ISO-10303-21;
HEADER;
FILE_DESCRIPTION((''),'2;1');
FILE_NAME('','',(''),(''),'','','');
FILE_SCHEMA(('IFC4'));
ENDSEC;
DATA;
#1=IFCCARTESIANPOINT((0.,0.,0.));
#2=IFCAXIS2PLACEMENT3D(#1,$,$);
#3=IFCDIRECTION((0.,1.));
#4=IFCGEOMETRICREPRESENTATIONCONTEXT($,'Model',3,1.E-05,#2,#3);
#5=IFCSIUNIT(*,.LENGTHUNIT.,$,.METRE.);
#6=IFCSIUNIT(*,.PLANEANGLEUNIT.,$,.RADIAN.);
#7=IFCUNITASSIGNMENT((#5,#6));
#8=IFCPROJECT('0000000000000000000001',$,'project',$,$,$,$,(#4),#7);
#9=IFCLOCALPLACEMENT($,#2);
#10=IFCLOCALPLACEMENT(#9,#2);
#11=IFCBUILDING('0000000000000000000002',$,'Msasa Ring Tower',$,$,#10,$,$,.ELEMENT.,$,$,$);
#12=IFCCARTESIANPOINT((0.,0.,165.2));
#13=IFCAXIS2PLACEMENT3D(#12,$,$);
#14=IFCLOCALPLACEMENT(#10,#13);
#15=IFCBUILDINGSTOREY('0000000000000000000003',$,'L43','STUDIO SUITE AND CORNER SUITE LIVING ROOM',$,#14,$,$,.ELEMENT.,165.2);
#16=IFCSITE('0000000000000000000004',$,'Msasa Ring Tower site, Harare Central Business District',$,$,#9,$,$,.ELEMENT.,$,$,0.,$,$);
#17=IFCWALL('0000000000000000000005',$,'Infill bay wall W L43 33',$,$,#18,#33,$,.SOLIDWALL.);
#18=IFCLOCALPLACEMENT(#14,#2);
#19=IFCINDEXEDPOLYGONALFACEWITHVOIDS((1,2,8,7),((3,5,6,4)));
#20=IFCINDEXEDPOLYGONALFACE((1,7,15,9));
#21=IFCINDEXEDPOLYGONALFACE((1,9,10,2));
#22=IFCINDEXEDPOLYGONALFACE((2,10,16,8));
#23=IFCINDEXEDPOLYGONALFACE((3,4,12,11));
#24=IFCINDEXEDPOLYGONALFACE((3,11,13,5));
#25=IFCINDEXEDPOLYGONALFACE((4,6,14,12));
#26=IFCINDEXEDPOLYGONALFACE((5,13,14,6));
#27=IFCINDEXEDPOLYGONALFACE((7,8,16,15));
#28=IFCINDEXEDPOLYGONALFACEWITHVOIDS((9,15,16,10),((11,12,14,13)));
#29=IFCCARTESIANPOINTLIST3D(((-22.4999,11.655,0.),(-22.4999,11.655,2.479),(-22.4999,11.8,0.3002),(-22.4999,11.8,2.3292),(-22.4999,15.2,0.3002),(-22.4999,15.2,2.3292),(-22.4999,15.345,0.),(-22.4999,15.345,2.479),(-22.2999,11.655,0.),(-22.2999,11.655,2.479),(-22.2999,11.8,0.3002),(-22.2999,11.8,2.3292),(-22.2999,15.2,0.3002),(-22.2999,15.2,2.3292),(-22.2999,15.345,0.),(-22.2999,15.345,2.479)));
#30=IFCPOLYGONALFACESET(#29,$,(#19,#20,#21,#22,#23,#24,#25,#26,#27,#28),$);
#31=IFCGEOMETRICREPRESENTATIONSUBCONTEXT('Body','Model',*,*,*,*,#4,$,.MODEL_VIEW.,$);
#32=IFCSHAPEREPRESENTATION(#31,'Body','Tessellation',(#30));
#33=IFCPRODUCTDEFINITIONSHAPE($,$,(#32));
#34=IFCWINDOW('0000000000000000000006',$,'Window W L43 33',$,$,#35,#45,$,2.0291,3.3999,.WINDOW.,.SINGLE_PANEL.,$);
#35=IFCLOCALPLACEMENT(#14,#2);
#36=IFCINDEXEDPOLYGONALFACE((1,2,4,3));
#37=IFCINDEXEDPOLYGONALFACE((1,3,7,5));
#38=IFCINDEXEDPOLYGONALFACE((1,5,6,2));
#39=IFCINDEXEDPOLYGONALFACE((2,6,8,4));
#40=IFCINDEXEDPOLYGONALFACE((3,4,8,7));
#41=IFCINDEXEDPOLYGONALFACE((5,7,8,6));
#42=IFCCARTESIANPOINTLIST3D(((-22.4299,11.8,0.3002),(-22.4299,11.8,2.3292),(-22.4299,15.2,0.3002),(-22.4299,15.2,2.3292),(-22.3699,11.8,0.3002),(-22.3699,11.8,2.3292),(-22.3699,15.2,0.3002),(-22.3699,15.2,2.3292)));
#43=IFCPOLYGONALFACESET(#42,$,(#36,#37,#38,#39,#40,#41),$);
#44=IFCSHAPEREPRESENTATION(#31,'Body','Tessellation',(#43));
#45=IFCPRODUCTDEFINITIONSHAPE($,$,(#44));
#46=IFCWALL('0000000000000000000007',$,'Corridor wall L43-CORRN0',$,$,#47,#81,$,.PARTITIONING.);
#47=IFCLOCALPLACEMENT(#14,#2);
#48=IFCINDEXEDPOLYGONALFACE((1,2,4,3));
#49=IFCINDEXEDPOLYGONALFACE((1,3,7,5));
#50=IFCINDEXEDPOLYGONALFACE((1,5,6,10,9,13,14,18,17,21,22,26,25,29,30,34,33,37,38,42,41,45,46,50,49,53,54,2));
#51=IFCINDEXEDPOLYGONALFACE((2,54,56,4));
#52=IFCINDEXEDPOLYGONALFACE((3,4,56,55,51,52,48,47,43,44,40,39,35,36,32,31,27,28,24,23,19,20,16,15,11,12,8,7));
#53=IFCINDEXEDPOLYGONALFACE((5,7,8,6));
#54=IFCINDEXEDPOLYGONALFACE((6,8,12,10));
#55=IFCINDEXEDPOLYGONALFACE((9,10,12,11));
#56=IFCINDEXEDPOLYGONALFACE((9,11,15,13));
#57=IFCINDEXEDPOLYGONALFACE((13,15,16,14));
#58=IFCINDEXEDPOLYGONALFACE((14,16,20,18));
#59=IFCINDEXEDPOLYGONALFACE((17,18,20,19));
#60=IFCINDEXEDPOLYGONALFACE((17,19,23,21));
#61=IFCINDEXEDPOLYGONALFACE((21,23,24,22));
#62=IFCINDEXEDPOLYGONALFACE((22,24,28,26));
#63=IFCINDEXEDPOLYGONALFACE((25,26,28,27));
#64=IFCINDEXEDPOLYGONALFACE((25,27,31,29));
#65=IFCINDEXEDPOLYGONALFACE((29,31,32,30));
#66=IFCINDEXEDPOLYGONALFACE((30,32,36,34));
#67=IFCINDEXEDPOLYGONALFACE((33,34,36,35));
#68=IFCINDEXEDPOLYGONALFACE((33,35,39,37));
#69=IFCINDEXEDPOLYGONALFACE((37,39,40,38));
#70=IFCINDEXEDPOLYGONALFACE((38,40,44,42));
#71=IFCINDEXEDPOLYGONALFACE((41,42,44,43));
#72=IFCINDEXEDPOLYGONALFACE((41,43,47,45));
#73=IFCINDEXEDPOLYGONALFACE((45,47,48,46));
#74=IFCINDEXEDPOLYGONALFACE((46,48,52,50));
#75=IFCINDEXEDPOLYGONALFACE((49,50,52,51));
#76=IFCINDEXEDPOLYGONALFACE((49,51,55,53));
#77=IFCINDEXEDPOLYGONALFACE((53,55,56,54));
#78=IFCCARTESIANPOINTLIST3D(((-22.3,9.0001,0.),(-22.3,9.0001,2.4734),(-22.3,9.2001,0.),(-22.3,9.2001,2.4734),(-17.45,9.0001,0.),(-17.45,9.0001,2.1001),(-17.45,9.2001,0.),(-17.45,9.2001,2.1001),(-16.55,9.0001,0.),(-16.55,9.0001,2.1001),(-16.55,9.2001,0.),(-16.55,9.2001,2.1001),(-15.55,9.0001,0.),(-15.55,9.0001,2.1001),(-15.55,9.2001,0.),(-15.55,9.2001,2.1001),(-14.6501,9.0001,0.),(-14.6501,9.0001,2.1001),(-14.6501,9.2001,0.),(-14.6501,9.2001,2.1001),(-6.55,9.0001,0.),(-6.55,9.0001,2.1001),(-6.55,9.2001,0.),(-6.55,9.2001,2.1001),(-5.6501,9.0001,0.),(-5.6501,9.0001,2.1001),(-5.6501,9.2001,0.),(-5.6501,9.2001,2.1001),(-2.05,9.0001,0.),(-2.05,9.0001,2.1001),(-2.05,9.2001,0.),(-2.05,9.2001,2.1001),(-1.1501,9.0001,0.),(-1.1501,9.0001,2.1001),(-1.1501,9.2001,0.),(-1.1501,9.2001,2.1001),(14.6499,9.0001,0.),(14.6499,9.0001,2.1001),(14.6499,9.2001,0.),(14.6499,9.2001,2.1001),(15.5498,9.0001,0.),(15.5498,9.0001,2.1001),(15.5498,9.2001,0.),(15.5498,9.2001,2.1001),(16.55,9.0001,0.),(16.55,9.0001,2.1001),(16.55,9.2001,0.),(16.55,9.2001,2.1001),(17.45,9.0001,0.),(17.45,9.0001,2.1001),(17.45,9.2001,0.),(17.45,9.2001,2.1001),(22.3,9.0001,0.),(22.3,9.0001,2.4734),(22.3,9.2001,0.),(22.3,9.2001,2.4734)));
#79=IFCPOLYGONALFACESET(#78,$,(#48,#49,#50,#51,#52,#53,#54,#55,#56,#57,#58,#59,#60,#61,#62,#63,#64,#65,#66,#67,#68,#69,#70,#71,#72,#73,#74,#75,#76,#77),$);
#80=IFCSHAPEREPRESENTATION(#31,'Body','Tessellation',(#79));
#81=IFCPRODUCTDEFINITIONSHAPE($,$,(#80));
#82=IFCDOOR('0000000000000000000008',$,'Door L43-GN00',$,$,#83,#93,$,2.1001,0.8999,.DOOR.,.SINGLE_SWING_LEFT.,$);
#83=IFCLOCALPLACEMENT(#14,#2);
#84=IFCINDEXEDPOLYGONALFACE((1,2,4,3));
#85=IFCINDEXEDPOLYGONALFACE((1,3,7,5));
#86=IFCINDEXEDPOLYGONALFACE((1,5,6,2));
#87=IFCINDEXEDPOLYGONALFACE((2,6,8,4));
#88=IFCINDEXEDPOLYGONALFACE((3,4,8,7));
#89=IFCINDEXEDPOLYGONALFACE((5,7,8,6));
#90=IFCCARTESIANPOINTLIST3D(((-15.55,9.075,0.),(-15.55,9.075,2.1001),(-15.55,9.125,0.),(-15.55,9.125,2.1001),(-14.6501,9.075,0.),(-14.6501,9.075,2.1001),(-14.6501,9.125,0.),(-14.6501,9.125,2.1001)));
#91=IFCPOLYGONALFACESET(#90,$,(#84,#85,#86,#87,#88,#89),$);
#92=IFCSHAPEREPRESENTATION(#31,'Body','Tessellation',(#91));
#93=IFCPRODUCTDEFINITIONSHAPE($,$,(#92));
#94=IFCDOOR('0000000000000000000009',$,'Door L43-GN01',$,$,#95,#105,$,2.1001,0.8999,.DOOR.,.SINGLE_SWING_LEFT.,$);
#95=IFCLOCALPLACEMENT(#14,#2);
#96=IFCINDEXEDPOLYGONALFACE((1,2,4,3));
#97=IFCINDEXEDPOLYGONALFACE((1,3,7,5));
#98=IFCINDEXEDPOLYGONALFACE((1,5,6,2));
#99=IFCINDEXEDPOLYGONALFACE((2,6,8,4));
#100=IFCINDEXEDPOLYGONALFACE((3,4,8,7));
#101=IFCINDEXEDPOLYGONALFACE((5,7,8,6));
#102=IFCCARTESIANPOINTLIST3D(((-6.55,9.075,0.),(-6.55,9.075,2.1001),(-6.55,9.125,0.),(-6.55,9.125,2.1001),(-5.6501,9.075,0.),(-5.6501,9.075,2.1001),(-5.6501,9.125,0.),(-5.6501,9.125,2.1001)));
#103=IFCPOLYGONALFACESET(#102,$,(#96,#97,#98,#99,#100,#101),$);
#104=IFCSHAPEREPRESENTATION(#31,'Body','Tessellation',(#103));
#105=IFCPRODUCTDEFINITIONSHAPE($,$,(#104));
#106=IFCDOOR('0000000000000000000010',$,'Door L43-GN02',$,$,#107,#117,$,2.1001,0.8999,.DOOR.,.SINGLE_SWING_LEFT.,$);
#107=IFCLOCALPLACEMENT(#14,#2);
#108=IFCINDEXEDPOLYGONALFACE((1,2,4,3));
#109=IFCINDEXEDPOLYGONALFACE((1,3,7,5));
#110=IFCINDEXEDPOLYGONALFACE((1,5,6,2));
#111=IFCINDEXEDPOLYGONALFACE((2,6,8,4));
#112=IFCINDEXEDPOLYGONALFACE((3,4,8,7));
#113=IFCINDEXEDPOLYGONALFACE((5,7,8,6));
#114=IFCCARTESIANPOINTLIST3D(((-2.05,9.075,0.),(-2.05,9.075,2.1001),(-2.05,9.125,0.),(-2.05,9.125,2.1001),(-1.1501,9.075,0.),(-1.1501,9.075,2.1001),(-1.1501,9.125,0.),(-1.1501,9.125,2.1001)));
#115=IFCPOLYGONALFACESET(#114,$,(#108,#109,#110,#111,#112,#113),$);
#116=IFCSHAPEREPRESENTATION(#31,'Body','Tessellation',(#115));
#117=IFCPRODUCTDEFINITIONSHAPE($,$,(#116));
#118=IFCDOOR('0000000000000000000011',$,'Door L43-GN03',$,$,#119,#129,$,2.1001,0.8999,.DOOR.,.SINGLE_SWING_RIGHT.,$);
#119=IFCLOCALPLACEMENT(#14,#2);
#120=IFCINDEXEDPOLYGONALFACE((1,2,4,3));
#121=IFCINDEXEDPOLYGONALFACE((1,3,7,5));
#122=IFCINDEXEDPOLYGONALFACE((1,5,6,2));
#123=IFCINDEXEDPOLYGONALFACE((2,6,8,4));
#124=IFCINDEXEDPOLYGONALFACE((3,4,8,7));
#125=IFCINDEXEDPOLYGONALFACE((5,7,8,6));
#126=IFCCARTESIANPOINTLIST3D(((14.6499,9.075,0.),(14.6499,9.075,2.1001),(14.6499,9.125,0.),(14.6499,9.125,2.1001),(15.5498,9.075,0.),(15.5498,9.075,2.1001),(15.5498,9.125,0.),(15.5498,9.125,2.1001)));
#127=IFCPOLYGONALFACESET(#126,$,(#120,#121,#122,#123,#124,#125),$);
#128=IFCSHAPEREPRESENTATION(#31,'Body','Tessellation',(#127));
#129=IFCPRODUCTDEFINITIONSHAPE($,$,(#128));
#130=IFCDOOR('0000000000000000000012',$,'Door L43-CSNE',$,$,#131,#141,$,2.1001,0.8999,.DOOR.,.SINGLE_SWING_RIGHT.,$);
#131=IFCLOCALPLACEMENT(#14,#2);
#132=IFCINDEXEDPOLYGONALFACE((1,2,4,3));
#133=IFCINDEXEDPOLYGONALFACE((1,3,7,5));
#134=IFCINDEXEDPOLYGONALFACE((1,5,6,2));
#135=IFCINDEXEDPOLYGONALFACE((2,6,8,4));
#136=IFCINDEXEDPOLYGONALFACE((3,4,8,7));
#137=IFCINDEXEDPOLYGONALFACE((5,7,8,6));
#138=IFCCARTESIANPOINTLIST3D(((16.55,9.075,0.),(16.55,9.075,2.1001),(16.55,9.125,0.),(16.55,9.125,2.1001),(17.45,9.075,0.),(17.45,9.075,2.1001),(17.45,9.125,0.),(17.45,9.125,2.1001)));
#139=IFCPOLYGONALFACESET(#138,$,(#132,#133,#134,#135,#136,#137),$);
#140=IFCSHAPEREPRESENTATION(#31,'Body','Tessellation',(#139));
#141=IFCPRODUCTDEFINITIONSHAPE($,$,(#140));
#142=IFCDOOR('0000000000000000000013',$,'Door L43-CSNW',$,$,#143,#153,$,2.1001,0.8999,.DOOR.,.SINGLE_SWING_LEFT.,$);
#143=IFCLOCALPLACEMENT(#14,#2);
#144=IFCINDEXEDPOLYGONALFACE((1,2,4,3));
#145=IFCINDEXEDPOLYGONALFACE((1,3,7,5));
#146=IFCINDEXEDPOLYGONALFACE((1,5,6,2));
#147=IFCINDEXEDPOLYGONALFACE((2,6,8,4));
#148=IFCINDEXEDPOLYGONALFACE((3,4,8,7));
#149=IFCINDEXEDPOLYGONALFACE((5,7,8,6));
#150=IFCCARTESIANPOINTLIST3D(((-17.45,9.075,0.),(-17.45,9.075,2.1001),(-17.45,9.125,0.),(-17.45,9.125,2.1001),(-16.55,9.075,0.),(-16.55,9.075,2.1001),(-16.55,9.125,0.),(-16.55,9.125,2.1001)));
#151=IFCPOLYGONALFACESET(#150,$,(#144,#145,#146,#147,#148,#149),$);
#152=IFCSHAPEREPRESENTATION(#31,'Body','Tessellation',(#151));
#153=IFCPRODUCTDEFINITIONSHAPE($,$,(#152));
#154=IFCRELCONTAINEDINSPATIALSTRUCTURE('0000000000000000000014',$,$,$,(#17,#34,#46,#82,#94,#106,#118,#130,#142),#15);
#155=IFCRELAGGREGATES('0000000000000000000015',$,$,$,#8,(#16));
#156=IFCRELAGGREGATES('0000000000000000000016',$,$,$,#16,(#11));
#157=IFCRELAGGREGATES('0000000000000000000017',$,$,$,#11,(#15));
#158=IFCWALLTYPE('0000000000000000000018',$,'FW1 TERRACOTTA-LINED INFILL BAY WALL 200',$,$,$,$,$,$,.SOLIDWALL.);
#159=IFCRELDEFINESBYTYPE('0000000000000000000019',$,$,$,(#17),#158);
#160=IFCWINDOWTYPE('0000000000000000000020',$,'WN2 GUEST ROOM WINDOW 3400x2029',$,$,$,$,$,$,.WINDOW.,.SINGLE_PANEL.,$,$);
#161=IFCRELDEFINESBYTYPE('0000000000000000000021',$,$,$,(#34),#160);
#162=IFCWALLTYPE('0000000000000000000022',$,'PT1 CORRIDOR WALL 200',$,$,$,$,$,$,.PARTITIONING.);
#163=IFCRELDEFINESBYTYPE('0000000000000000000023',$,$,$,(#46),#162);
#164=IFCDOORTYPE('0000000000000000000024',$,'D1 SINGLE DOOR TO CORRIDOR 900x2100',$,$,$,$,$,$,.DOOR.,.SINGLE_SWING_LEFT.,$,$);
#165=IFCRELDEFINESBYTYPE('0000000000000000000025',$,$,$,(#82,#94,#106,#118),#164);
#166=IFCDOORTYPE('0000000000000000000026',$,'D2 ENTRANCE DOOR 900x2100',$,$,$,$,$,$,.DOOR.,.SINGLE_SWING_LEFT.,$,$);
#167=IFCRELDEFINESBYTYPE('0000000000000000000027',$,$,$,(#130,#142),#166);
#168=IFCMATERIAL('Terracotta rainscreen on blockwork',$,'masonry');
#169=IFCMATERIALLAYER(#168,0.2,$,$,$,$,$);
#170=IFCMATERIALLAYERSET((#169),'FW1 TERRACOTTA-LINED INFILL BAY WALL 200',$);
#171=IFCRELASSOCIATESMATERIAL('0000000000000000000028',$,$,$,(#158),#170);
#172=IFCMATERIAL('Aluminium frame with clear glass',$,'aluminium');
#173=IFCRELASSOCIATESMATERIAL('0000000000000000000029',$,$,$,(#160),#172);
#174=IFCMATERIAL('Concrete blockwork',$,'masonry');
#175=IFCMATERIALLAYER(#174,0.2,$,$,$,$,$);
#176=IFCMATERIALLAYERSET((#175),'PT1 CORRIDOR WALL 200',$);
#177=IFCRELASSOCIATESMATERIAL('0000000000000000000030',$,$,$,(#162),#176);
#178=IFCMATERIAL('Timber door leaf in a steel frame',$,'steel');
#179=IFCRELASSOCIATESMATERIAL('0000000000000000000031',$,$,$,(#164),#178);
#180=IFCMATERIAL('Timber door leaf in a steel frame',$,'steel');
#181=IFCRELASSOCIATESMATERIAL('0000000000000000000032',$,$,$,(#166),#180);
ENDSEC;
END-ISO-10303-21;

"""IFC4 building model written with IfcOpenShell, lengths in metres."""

from ifc_helpers import new_model, si_unit, direction, frame, frame_2d, origin, place, context, subcontext, project, spatial, rectangle, extrude, material, layer, layer_set, type_object, element, fill, save


model = new_model("IFC4")

# Units and contexts
model_context = context("Model", 3, precision=1e-05, world=origin(), true_north=direction((0.0, 1.0)))
body_context = subcontext(model_context, "Body", "Model", "MODEL_VIEW")
ifc_project = project(units=[si_unit("LENGTHUNIT", "METRE"), si_unit("PLANEANGLEUNIT", "RADIAN")], contexts=[model_context])

# Site, building, storey
site_placement = place(None, origin())
site = spatial("IfcSite", under=ifc_project, at=site_placement, Name="Msasa Ring Tower site, Harare Central Business District", CompositionType="ELEMENT", RefElevation=0.0)
building_placement = place(site_placement, origin())
building = spatial("IfcBuilding", under=site, at=building_placement, Name="Msasa Ring Tower", CompositionType="ELEMENT")
storey_placement = place(building_placement, frame((0.0, 0.0, 165.2)))
storey = spatial("IfcBuildingStorey", under=building, at=storey_placement, Name="L43", Description="STUDIO SUITE AND CORNER SUITE LIVING ROOM", CompositionType="ELEMENT", Elevation=165.2)

# Wall, opening, window
ifc_material_1 = material(Name="Terracotta rainscreen on blockwork", Category="masonry")
ifc_layer_1 = layer(ifc_material_1, 0.2)
ifc_layer_set_1 = layer_set([ifc_layer_1], Name="FW1 TERRACOTTA-LINED INFILL BAY WALL 200")
wall_type_1 = type_object("IfcWallType", Name="FW1 TERRACOTTA-LINED INFILL BAY WALL 200", PredefinedType="SOLIDWALL", material=ifc_layer_set_1)
ifc_material_2 = material(Name="Aluminium frame with clear glass", Category="aluminium")
window_type = type_object("IfcWindowType", Name="WN2 GUEST ROOM WINDOW 3400x2029", PartitioningType="SINGLE_PANEL", PredefinedType="WINDOW", material=ifc_material_2)
wall_1_placement = place(storey_placement, frame((-22.3999, 11.655, 0.0), z_axis=(0.0, 0.0, 1.0), x_axis=(0.0, 1.0, 0.0)))
wall_1 = element("IfcWall", 1, at=wall_1_placement, inside=storey, type_object=wall_type_1, Name="Infill bay wall W L43 33", PredefinedType="SOLIDWALL", context=body_context, shape_type="SweptSolid", body=[
    extrude(rectangle(XDim=3.6899, YDim=0.2, at=frame_2d((1.845, 0.0))), origin(), (0.0, 0.0, 1.0), 2.479),
])
opening_1_placement = place(wall_1_placement, frame((0.145, 0.0, 0.3)))
opening_1 = element("IfcOpeningElement", 2, at=opening_1_placement, cuts=wall_1, PredefinedType="OPENING", context=body_context, shape_type="SweptSolid", body=[
    extrude(rectangle(XDim=3.3999, YDim=2.0291, at=frame_2d((1.7, 1.0146))), frame((0.0, 0.1099, 0.0), z_axis=(0.0, -1.0, 0.0), x_axis=(1.0, 0.0, 0.0)), (0.0, 0.0, 1.0), 0.22),
])
window_1_placement = place(opening_1_placement, origin())
window_1 = element("IfcWindow", 3, at=window_1_placement, inside=storey, type_object=window_type, Name="Window W L43 33", OverallHeight=2.0291, OverallWidth=3.3999, PartitioningType="SINGLE_PANEL", PredefinedType="WINDOW", context=body_context, shape_type="SweptSolid", body=[
    extrude(rectangle(XDim=3.3999, YDim=2.0291, at=frame_2d((1.7, 1.0146))), frame((0.0, 0.03, 0.0), z_axis=(0.0, -1.0, 0.0), x_axis=(1.0, 0.0, 0.0)), (0.0, 0.0, 1.0), 0.0601),
])
fill(opening_1, window_1)

# Wall, openings, doors
ifc_material_3 = material(Name="Concrete blockwork", Category="masonry")
ifc_layer_2 = layer(ifc_material_3, 0.2)
ifc_layer_set_2 = layer_set([ifc_layer_2], Name="PT1 CORRIDOR WALL 200")
wall_type_2 = type_object("IfcWallType", Name="PT1 CORRIDOR WALL 200", PredefinedType="PARTITIONING", material=ifc_layer_set_2)
wall_2_placement = place(storey_placement, frame((-22.3, 9.1001, 0.0), z_axis=(0.0, 0.0, 1.0), x_axis=(1.0, 0.0, 0.0)))
wall_2 = element("IfcWall", 4, at=wall_2_placement, inside=storey, type_object=wall_type_2, Name="Corridor wall L43-CORRN0", PredefinedType="PARTITIONING", context=body_context, shape_type="SweptSolid", body=[
    extrude(rectangle(XDim=44.6001, YDim=0.2, at=frame_2d((22.3, 0.0))), origin(), (0.0, 0.0, 1.0), 2.4734),
])
opening_2_placement = place(wall_2_placement, frame((6.75, 0.0, 0.0)))
opening_2 = element("IfcOpeningElement", 5, at=opening_2_placement, cuts=wall_2, PredefinedType="OPENING", context=body_context, shape_type="SweptSolid", body=[
    extrude(rectangle(XDim=0.8999, YDim=2.1001, at=frame_2d((0.45, 1.05))), frame((0.0, 0.1099, 0.0), z_axis=(0.0, -1.0, 0.0), x_axis=(1.0, 0.0, 0.0)), (0.0, 0.0, 1.0), 0.22),
])
opening_3_placement = place(wall_2_placement, frame((15.75, 0.0, 0.0)))
opening_3 = element("IfcOpeningElement", 6, at=opening_3_placement, cuts=wall_2, PredefinedType="OPENING", context=body_context, shape_type="SweptSolid", body=[
    extrude(rectangle(XDim=0.8999, YDim=2.1001, at=frame_2d((0.45, 1.05))), frame((0.0, 0.1099, 0.0), z_axis=(0.0, -1.0, 0.0), x_axis=(1.0, 0.0, 0.0)), (0.0, 0.0, 1.0), 0.22),
])
opening_4_placement = place(wall_2_placement, frame((20.25, 0.0, 0.0)))
opening_4 = element("IfcOpeningElement", 7, at=opening_4_placement, cuts=wall_2, PredefinedType="OPENING", context=body_context, shape_type="SweptSolid", body=[
    extrude(rectangle(XDim=0.8999, YDim=2.1001, at=frame_2d((0.45, 1.05))), frame((0.0, 0.1099, 0.0), z_axis=(0.0, -1.0, 0.0), x_axis=(1.0, 0.0, 0.0)), (0.0, 0.0, 1.0), 0.22),
])
opening_5_placement = place(wall_2_placement, frame((36.95, 0.0, 0.0)))
opening_5 = element("IfcOpeningElement", 8, at=opening_5_placement, cuts=wall_2, PredefinedType="OPENING", context=body_context, shape_type="SweptSolid", body=[
    extrude(rectangle(XDim=0.8999, YDim=2.1001, at=frame_2d((0.45, 1.05))), frame((0.0, 0.1099, 0.0), z_axis=(0.0, -1.0, 0.0), x_axis=(1.0, 0.0, 0.0)), (0.0, 0.0, 1.0), 0.22),
])
opening_6_placement = place(wall_2_placement, frame((38.8501, 0.0, 0.0)))
opening_6 = element("IfcOpeningElement", 9, at=opening_6_placement, cuts=wall_2, PredefinedType="OPENING", context=body_context, shape_type="SweptSolid", body=[
    extrude(rectangle(XDim=0.8999, YDim=2.1001, at=frame_2d((0.45, 1.05))), frame((0.0, 0.1099, 0.0), z_axis=(0.0, -1.0, 0.0), x_axis=(1.0, 0.0, 0.0)), (0.0, 0.0, 1.0), 0.22),
])
opening_7_placement = place(wall_2_placement, frame((4.8501, 0.0, 0.0)))
opening_7 = element("IfcOpeningElement", 10, at=opening_7_placement, cuts=wall_2, PredefinedType="OPENING", context=body_context, shape_type="SweptSolid", body=[
    extrude(rectangle(XDim=0.8999, YDim=2.1001, at=frame_2d((0.45, 1.05))), frame((0.0, 0.1099, 0.0), z_axis=(0.0, -1.0, 0.0), x_axis=(1.0, 0.0, 0.0)), (0.0, 0.0, 1.0), 0.22),
])
ifc_material_4 = material(Name="Timber door leaf in a steel frame", Category="steel")
door_type_1 = type_object("IfcDoorType", Name="D1 SINGLE DOOR TO CORRIDOR 900x2100", OperationType="SINGLE_SWING_LEFT", PredefinedType="DOOR", material=ifc_material_4)
door_1_placement = place(opening_2_placement, origin())
door_1 = element("IfcDoor", 11, at=door_1_placement, inside=storey, type_object=door_type_1, Name="Door L43-GN00", OperationType="SINGLE_SWING_LEFT", OverallHeight=2.1001, OverallWidth=0.8999, PredefinedType="DOOR", context=body_context, shape_type="SweptSolid", body=[
    extrude(rectangle(XDim=0.8999, YDim=2.1001, at=frame_2d((0.45, 1.05))), frame((0.0, 0.0249, 0.0), z_axis=(0.0, -1.0, 0.0), x_axis=(1.0, 0.0, 0.0)), (0.0, 0.0, 1.0), 0.05),
])
fill(opening_2, door_1)
door_2_placement = place(opening_3_placement, origin())
door_2 = element("IfcDoor", 12, at=door_2_placement, inside=storey, type_object=door_type_1, Name="Door L43-GN01", OperationType="SINGLE_SWING_LEFT", OverallHeight=2.1001, OverallWidth=0.8999, PredefinedType="DOOR", context=body_context, shape_type="SweptSolid", body=[
    extrude(rectangle(XDim=0.8999, YDim=2.1001, at=frame_2d((0.45, 1.05))), frame((0.0, 0.0249, 0.0), z_axis=(0.0, -1.0, 0.0), x_axis=(1.0, 0.0, 0.0)), (0.0, 0.0, 1.0), 0.05),
])
fill(opening_3, door_2)
door_3_placement = place(opening_4_placement, origin())
door_3 = element("IfcDoor", 13, at=door_3_placement, inside=storey, type_object=door_type_1, Name="Door L43-GN02", OperationType="SINGLE_SWING_LEFT", OverallHeight=2.1001, OverallWidth=0.8999, PredefinedType="DOOR", context=body_context, shape_type="SweptSolid", body=[
    extrude(rectangle(XDim=0.8999, YDim=2.1001, at=frame_2d((0.45, 1.05))), frame((0.0, 0.0249, 0.0), z_axis=(0.0, -1.0, 0.0), x_axis=(1.0, 0.0, 0.0)), (0.0, 0.0, 1.0), 0.05),
])
fill(opening_4, door_3)
door_4_placement = place(opening_5_placement, origin())
door_4 = element("IfcDoor", 14, at=door_4_placement, inside=storey, type_object=door_type_1, Name="Door L43-GN03", OperationType="SINGLE_SWING_RIGHT", OverallHeight=2.1001, OverallWidth=0.8999, PredefinedType="DOOR", context=body_context, shape_type="SweptSolid", body=[
    extrude(rectangle(XDim=0.8999, YDim=2.1001, at=frame_2d((0.45, 1.05))), frame((0.0, 0.0249, 0.0), z_axis=(0.0, -1.0, 0.0), x_axis=(1.0, 0.0, 0.0)), (0.0, 0.0, 1.0), 0.05),
])
fill(opening_5, door_4)
ifc_material_5 = material(Name="Timber door leaf in a steel frame", Category="steel")
door_type_2 = type_object("IfcDoorType", Name="D2 ENTRANCE DOOR 900x2100", OperationType="SINGLE_SWING_LEFT", PredefinedType="DOOR", material=ifc_material_5)
door_5_placement = place(opening_6_placement, origin())
door_5 = element("IfcDoor", 15, at=door_5_placement, inside=storey, type_object=door_type_2, Name="Door L43-CSNE", OperationType="SINGLE_SWING_RIGHT", OverallHeight=2.1001, OverallWidth=0.8999, PredefinedType="DOOR", context=body_context, shape_type="SweptSolid", body=[
    extrude(rectangle(XDim=0.8999, YDim=2.1001, at=frame_2d((0.45, 1.05))), frame((0.0, 0.0249, 0.0), z_axis=(0.0, -1.0, 0.0), x_axis=(1.0, 0.0, 0.0)), (0.0, 0.0, 1.0), 0.05),
])
fill(opening_6, door_5)
door_6_placement = place(opening_7_placement, origin())
door_6 = element("IfcDoor", 16, at=door_6_placement, inside=storey, type_object=door_type_2, Name="Door L43-CSNW", OperationType="SINGLE_SWING_LEFT", OverallHeight=2.1001, OverallWidth=0.8999, PredefinedType="DOOR", context=body_context, shape_type="SweptSolid", body=[
    extrude(rectangle(XDim=0.8999, YDim=2.1001, at=frame_2d((0.45, 1.05))), frame((0.0, 0.0249, 0.0), z_axis=(0.0, -1.0, 0.0), x_axis=(1.0, 0.0, 0.0)), (0.0, 0.0, 1.0), 0.05),
])
fill(opening_7, door_6)

save(model, "model.ifc")
